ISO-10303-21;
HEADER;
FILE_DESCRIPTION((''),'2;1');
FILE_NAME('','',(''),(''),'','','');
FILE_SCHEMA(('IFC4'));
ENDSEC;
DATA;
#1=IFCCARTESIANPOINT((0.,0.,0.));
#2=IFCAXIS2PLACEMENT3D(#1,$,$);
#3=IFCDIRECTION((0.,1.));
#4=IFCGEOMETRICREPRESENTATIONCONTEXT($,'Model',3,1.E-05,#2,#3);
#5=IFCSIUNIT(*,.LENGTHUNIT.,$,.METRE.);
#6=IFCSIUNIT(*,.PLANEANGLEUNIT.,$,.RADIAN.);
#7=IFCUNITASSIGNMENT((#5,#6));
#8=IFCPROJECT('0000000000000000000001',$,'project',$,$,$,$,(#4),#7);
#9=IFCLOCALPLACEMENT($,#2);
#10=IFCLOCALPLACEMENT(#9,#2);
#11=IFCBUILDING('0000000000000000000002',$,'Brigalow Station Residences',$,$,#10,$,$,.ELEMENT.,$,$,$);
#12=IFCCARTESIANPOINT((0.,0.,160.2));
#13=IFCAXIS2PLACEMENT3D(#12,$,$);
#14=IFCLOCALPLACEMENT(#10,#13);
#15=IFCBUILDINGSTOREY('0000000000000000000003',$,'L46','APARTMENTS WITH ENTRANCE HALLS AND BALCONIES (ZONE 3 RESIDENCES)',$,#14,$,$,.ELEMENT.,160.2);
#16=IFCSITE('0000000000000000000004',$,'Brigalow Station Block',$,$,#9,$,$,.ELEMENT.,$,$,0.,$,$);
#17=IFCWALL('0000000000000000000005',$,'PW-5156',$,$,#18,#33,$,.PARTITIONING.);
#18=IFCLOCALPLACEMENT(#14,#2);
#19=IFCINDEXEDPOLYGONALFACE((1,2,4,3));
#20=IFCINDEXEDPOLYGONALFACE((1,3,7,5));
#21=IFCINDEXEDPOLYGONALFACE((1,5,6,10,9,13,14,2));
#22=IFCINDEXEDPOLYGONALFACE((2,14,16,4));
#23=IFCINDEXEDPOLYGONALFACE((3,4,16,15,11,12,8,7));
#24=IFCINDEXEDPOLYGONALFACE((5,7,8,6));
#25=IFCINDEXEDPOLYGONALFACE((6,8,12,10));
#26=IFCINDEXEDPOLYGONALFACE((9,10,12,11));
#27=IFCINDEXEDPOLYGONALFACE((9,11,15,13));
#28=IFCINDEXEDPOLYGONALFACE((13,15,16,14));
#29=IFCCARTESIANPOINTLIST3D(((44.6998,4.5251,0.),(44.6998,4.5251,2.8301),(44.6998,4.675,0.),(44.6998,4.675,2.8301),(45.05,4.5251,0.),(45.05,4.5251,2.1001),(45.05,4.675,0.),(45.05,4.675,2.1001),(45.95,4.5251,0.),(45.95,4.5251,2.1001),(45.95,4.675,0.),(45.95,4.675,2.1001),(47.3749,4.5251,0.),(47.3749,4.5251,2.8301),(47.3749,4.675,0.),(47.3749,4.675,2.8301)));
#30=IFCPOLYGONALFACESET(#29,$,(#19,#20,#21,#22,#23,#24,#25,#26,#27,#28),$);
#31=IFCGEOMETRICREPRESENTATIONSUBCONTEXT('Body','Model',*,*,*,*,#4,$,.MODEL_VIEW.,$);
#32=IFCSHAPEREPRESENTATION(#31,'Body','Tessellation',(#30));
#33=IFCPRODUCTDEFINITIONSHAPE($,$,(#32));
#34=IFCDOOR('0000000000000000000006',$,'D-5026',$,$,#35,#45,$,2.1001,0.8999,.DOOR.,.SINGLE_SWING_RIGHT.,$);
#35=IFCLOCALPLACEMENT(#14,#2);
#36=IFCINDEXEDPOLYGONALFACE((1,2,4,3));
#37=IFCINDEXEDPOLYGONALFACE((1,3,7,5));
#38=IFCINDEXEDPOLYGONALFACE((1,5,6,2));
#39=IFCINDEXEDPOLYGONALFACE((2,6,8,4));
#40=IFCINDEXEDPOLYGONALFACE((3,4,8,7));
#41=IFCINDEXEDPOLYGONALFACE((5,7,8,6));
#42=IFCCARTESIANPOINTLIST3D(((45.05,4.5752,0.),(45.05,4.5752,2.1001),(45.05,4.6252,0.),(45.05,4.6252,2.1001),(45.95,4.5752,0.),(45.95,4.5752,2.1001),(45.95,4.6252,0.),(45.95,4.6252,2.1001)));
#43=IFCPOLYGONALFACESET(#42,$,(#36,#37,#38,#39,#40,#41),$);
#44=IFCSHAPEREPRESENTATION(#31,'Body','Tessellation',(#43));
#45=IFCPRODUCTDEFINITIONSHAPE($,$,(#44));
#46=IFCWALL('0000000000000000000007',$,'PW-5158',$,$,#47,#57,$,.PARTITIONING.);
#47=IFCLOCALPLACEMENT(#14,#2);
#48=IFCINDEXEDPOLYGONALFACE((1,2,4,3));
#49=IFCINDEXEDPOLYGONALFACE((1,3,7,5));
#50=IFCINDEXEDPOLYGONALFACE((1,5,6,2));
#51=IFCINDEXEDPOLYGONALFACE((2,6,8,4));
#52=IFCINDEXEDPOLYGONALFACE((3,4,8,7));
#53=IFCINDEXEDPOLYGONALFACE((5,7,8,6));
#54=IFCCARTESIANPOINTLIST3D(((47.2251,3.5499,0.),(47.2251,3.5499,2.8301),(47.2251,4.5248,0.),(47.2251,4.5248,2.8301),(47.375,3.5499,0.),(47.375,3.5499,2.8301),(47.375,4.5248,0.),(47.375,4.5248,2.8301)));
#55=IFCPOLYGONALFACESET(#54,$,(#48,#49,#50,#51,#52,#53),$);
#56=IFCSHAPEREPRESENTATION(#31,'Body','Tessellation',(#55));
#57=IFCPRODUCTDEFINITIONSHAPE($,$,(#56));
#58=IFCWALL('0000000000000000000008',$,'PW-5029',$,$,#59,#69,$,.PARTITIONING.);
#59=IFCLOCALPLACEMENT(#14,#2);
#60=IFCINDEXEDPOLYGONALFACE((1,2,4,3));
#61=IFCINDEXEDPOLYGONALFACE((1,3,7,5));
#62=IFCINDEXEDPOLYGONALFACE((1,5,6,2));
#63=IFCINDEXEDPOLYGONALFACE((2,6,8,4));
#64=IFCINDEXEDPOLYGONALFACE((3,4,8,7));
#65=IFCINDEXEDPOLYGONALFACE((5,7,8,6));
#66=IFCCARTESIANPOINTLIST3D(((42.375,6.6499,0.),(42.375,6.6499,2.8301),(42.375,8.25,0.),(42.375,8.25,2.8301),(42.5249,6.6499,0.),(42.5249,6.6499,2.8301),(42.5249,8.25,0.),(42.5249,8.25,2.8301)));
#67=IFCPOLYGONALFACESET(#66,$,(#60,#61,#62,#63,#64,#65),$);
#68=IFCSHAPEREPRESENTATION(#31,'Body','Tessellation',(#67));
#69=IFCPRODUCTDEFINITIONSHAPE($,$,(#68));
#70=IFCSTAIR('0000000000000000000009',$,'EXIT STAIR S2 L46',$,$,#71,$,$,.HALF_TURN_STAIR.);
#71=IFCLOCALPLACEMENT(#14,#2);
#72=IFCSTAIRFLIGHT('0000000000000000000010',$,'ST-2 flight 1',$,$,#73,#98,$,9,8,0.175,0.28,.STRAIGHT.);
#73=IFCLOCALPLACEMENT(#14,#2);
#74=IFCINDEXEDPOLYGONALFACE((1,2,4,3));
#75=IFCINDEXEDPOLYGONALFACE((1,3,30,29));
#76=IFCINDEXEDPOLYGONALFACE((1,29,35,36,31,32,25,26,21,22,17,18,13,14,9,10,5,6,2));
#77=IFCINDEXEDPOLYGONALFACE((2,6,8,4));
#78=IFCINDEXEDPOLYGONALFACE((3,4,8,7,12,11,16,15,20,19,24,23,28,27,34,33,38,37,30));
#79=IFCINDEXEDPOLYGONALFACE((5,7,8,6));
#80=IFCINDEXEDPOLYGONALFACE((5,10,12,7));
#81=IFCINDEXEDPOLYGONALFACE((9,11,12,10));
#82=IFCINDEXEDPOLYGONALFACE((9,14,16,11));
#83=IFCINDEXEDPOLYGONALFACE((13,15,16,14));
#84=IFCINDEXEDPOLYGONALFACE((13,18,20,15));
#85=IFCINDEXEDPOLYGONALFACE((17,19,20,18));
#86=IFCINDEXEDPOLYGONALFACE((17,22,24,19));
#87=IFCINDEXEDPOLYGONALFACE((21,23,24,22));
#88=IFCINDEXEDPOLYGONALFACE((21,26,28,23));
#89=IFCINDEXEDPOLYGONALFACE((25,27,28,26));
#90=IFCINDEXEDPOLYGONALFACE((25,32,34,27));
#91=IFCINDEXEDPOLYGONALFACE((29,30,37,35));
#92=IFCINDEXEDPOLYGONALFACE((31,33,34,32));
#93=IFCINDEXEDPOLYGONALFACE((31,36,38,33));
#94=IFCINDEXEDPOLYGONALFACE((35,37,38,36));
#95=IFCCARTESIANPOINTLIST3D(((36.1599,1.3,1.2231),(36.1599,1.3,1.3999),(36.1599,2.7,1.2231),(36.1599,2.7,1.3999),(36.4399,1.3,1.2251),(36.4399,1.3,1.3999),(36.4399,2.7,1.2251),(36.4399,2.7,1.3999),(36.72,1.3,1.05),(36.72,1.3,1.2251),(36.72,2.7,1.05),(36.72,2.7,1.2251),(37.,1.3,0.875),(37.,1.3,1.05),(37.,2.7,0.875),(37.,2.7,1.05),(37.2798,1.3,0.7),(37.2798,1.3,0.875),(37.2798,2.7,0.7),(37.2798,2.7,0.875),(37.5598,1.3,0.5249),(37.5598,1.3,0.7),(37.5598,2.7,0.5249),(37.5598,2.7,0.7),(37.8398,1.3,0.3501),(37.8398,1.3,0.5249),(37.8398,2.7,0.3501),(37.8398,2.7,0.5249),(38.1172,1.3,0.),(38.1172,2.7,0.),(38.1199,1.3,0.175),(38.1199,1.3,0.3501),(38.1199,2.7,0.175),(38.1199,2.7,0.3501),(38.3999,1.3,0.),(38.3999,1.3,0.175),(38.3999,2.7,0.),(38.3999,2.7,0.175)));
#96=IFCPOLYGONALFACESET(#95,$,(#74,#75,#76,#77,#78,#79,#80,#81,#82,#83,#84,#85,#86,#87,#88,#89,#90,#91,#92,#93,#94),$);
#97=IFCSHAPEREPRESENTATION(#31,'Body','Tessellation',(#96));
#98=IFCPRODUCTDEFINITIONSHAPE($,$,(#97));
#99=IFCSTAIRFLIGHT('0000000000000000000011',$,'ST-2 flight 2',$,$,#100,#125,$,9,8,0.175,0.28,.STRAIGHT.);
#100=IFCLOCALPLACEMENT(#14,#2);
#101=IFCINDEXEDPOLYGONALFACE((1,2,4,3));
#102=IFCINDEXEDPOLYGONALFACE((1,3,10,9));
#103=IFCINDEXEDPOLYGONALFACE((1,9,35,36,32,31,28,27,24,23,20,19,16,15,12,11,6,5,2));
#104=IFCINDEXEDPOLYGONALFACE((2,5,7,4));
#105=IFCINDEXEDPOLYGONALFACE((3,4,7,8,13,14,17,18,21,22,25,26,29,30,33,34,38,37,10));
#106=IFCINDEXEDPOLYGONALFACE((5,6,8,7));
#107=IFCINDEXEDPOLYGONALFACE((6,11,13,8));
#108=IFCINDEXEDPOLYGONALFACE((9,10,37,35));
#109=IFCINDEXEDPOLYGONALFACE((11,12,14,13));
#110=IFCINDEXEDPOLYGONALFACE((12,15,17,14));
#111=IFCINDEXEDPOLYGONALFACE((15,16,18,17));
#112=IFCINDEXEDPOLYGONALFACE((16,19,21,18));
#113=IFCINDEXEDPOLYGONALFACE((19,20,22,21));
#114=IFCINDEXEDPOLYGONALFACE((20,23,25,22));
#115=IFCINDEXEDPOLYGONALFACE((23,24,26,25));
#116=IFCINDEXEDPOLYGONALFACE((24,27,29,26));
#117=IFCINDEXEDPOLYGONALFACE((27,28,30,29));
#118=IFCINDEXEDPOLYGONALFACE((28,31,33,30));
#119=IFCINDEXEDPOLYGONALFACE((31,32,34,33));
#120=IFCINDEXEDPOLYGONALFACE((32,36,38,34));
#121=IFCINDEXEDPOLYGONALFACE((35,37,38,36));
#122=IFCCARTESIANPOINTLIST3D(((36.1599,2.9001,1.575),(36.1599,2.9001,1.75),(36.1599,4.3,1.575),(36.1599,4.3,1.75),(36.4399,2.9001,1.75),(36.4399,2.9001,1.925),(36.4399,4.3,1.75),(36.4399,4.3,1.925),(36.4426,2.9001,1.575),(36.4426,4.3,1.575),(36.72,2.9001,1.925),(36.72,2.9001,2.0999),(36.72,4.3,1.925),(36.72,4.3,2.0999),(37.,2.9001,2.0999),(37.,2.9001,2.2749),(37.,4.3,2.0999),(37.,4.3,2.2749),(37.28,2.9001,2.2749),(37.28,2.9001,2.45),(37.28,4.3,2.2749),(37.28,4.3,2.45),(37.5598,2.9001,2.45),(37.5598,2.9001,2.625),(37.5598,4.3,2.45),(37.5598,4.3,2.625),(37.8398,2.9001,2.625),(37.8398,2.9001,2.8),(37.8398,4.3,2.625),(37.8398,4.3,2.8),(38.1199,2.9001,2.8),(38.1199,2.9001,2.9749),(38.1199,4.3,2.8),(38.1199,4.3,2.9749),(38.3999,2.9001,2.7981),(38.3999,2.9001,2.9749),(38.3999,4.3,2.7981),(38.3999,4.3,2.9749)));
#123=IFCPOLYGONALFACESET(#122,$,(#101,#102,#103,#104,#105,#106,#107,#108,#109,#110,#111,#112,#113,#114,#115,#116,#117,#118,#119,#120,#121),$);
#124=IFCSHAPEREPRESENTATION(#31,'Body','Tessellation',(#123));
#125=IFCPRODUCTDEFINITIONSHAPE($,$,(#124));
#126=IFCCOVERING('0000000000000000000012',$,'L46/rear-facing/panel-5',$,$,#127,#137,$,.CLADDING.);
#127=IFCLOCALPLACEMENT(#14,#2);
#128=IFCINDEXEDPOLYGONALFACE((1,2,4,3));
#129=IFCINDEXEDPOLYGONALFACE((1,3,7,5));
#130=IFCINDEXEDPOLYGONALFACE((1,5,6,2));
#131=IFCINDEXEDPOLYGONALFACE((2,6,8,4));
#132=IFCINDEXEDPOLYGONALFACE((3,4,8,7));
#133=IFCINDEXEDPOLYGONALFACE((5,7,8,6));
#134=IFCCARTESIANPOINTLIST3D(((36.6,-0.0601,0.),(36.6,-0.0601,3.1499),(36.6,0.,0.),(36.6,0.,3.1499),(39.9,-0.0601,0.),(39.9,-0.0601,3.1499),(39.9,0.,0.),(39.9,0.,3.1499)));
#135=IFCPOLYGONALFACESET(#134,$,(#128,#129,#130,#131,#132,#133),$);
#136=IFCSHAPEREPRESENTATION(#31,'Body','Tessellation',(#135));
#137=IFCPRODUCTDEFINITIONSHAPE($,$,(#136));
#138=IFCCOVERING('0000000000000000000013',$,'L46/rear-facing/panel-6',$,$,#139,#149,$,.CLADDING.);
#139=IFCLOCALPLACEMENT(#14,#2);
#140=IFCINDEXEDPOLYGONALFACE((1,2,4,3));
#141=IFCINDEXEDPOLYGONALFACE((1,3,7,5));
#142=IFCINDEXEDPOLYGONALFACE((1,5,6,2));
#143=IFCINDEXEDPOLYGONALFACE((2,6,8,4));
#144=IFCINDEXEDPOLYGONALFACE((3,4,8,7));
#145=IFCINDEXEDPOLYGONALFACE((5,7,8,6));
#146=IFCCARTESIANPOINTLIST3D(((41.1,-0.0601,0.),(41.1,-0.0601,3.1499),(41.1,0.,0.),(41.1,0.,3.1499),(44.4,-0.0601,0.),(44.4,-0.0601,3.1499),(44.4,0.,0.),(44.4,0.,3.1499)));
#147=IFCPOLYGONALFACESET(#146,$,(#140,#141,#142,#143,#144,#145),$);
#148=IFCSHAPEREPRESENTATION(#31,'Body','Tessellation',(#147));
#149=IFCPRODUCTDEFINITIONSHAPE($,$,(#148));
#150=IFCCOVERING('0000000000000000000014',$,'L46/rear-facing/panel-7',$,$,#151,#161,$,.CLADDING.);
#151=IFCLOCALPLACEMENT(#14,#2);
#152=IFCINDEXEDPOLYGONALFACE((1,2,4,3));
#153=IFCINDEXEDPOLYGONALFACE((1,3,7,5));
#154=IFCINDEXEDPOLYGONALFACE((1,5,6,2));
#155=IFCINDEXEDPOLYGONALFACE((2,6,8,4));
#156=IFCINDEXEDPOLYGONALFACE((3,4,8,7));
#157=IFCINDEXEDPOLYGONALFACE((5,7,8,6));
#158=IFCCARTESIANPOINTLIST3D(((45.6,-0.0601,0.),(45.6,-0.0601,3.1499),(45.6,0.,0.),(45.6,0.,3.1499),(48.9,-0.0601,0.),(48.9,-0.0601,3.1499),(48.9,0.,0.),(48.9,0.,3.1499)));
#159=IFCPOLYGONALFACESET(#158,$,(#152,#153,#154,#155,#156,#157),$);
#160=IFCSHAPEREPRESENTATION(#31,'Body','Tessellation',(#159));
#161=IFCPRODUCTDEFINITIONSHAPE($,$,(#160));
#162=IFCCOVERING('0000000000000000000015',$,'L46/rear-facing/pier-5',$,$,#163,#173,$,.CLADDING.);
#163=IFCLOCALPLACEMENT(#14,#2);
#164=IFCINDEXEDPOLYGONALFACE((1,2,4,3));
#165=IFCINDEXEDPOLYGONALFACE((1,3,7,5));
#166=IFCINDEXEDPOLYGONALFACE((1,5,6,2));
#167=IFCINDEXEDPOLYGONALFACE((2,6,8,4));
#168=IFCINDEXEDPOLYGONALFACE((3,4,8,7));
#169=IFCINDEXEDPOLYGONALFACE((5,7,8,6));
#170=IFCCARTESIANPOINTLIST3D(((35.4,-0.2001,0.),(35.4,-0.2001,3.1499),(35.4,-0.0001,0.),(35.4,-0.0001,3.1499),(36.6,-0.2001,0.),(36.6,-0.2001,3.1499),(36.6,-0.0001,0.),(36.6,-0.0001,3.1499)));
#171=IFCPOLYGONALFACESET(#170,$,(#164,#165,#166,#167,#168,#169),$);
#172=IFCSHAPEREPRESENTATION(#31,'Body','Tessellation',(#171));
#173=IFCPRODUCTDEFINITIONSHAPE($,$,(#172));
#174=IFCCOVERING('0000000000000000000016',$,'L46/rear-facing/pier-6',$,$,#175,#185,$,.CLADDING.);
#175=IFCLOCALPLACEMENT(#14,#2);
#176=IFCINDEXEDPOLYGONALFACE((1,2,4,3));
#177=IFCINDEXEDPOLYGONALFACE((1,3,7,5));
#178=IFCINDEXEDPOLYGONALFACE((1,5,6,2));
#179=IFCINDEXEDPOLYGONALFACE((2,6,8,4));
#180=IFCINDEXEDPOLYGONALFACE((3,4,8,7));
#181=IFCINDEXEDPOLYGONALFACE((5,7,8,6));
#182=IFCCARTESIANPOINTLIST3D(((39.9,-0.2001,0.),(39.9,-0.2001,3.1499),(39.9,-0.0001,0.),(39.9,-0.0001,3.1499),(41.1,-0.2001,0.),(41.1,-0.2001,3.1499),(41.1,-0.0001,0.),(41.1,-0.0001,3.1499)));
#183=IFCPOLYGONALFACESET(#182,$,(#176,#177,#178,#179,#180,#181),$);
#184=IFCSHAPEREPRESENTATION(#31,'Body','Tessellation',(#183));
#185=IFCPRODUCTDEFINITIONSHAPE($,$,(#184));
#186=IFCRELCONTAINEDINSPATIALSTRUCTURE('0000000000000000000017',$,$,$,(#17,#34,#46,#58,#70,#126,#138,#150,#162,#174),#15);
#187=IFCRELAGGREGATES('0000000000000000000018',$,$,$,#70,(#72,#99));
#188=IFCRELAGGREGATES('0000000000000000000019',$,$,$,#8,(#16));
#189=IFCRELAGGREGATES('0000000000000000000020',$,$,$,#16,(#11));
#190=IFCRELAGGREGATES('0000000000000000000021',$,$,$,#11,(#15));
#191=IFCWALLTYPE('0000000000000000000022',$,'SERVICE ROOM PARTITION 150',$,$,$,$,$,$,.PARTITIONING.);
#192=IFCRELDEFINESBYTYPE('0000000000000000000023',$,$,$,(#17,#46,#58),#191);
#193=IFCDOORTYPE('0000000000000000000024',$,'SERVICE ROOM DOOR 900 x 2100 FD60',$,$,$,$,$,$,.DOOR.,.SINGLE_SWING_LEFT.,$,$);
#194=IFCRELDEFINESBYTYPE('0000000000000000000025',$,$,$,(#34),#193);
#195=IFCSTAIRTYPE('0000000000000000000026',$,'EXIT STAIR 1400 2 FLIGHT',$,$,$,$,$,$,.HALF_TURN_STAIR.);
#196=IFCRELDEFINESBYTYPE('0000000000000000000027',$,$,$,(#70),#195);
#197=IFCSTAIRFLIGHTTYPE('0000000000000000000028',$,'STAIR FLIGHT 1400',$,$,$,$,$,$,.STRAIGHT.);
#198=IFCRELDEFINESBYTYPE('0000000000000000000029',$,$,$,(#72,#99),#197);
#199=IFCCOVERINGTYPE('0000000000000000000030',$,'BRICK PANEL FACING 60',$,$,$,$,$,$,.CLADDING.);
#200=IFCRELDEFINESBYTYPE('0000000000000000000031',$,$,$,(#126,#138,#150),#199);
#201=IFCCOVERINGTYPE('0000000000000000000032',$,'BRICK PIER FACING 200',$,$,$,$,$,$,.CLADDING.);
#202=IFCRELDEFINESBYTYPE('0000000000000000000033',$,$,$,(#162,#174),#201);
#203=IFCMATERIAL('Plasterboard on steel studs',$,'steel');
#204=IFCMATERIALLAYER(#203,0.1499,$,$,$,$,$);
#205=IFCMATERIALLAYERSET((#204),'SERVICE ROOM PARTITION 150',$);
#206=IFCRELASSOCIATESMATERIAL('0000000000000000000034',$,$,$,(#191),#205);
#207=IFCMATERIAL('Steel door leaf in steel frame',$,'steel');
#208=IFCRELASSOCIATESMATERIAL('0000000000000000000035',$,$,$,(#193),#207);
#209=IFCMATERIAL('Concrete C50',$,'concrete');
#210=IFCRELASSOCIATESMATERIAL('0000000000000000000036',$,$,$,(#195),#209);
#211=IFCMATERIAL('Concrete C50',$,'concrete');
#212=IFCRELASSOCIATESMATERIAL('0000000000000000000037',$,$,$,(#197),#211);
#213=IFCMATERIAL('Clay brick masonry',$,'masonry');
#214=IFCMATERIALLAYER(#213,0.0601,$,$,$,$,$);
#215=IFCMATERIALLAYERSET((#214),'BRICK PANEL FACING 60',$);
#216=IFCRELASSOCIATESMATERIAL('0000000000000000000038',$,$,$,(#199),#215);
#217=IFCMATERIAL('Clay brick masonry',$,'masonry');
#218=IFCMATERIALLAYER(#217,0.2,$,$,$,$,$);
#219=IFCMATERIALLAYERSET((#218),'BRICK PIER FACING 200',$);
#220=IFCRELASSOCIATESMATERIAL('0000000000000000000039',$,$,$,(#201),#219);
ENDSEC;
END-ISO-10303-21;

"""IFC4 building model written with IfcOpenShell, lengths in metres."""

from ifc_helpers import new_model, si_unit, direction, frame, frame_2d, origin, origin_2d, place, context, subcontext, project, spatial, polyline, rectangle, outline, extrude, material, layer, layer_set, type_object, element, fill, aggregate, save


model = new_model("IFC4")

# Units and contexts
model_context = context("Model", 3, precision=1e-05, world=origin(), true_north=direction((0.0, 1.0)))
body_context = subcontext(model_context, "Body", "Model", "MODEL_VIEW")
ifc_project = project(units=[si_unit("LENGTHUNIT", "METRE"), si_unit("PLANEANGLEUNIT", "RADIAN")], contexts=[model_context])

# Site, building, storey
site_placement = place(None, origin())
site = spatial("IfcSite", under=ifc_project, at=site_placement, Name="Brigalow Station Block", CompositionType="ELEMENT", RefElevation=0.0)
building_placement = place(site_placement, origin())
building = spatial("IfcBuilding", under=site, at=building_placement, Name="Brigalow Station Residences", CompositionType="ELEMENT")
storey_placement = place(building_placement, frame((0.0, 0.0, 160.2)))
storey = spatial("IfcBuildingStorey", under=building, at=storey_placement, Name="L46", Description="APARTMENTS WITH ENTRANCE HALLS AND BALCONIES (ZONE 3 RESIDENCES)", CompositionType="ELEMENT", Elevation=160.2)

# Wall, opening, door
ifc_material_1 = material(Name="Plasterboard on steel studs", Category="steel")
ifc_layer_1 = layer(ifc_material_1, 0.1499)
ifc_layer_set_1 = layer_set([ifc_layer_1], Name="SERVICE ROOM PARTITION 150")
wall_type_1 = type_object("IfcWallType", Name="SERVICE ROOM PARTITION 150", PredefinedType="PARTITIONING", material=ifc_layer_set_1)
wall_1_placement = place(storey_placement, frame((44.7, 4.6001, 0.0), z_axis=(0.0, 0.0, 1.0), x_axis=(1.0, 0.0, 0.0)))
wall_1 = element("IfcWall", 1, at=wall_1_placement, inside=storey, type_object=wall_type_1, Name="PW-5156", PredefinedType="PARTITIONING", context=body_context, shape_type="SweptSolid", body=[
    extrude(rectangle(XDim=2.675, YDim=0.1499, at=frame_2d((1.3374, 0.0))), origin(), (0.0, 0.0, 1.0), 2.8301),
])
opening_1_placement = place(wall_1_placement, frame((0.3501, 0.0, 0.0)))
opening_1 = element("IfcOpeningElement", 2, at=opening_1_placement, cuts=wall_1, PredefinedType="OPENING", context=body_context, shape_type="SweptSolid", body=[
    extrude(rectangle(XDim=0.8999, YDim=2.1001, at=frame_2d((0.45, 1.05))), frame((0.0, 0.085, 0.0), z_axis=(0.0, -1.0, 0.0), x_axis=(1.0, 0.0, 0.0)), (0.0, 0.0, 1.0), 0.1699),
])
ifc_material_2 = material(Name="Steel door leaf in steel frame", Category="steel")
door_type_1 = type_object("IfcDoorType", Name="SERVICE ROOM DOOR 900 x 2100 FD60", OperationType="SINGLE_SWING_LEFT", PredefinedType="DOOR", material=ifc_material_2)
door_1_placement = place(opening_1_placement, frame((0.8999, 0.0, 0.0), z_axis=(0.0, 0.0, 1.0), x_axis=(-1.0, 0.0, 0.0)))
door_1 = element("IfcDoor", 3, at=door_1_placement, inside=storey, type_object=door_type_1, Name="D-5026", OperationType="SINGLE_SWING_RIGHT", OverallHeight=2.1001, OverallWidth=0.8999, PredefinedType="DOOR", context=body_context, shape_type="SweptSolid", body=[
    extrude(rectangle(XDim=0.8999, YDim=2.1001, at=frame_2d((0.45, 1.05))), frame((0.0, 0.0249, 0.0), z_axis=(0.0, -1.0, 0.0), x_axis=(1.0, 0.0, 0.0)), (0.0, 0.0, 1.0), 0.05),
])
fill(opening_1, door_1)

# Walls
wall_2_placement = place(storey_placement, frame((47.3, 3.55, 0.0), z_axis=(0.0, 0.0, 1.0), x_axis=(0.0, 1.0, 0.0)))
element("IfcWall", 4, at=wall_2_placement, inside=storey, type_object=wall_type_1, Name="PW-5158", PredefinedType="PARTITIONING", context=body_context, shape_type="SweptSolid", body=[
    extrude(rectangle(XDim=0.9749, YDim=0.1499, at=frame_2d((0.4873, 0.0))), origin(), (0.0, 0.0, 1.0), 2.8301),
])
wall_3_placement = place(storey_placement, frame((42.45, 6.6499, 0.0), z_axis=(0.0, 0.0, 1.0), x_axis=(0.0, 1.0, 0.0)))
element("IfcWall", 5, at=wall_3_placement, inside=storey, type_object=wall_type_1, Name="PW-5029", PredefinedType="PARTITIONING", context=body_context, shape_type="SweptSolid", body=[
    extrude(rectangle(XDim=1.6001, YDim=0.1499, at=frame_2d((0.8, 0.0))), origin(), (0.0, 0.0, 1.0), 2.8301),
])

# Stair, stair flights
ifc_material_3 = material(Name="Concrete C50", Category="concrete")
stair_type = type_object("IfcStairType", Name="EXIT STAIR 1400 2 FLIGHT", PredefinedType="HALF_TURN_STAIR", material=ifc_material_3)
stair_placement = place(storey_placement, origin())
stair = element("IfcStair", 6, at=stair_placement, inside=storey, type_object=stair_type, Name="EXIT STAIR S2 L46", PredefinedType="HALF_TURN_STAIR")
ifc_material_4 = material(Name="Concrete C50", Category="concrete")
stair_flight_type = type_object("IfcStairFlightType", Name="STAIR FLIGHT 1400", PredefinedType="STRAIGHT", material=ifc_material_4)
stair_flight_1_placement = place(storey_placement, frame((38.3999, 2.0, 0.0), z_axis=(0.0, 0.0, 1.0), x_axis=(-1.0, 0.0, 0.0)))
stair_flight_1 = element("IfcStairFlight", 7, at=stair_flight_1_placement, type_object=stair_flight_type, Name="ST-2 flight 1", NumberOfRisers=9, NumberOfTreads=8, PredefinedType="STRAIGHT", RiserHeight=0.175, TreadLength=0.28, context=body_context, shape_type="SweptSolid", body=[
    extrude(outline(polyline([(0.0, 0.0), (0.0, 0.175), (0.28, 0.175), (0.28, 0.3501), (0.5601, 0.3501), (0.5601, 0.5249), (0.8401, 0.5249), (0.8401, 0.7), (1.1201, 0.7), (1.1201, 0.875), (1.3999, 0.875), (1.3999, 1.05), (1.6799, 1.05), (1.6799, 1.2251), (1.96, 1.2251), (1.96, 1.3999), (2.24, 1.3999), (2.24, 1.575), (2.24, 1.2231), (0.2827, 0.0), (0.0, 0.0)])), frame((0.0, 0.7, 0.0), z_axis=(0.0, -1.0, 0.0), x_axis=(1.0, 0.0, 0.0)), (0.0, 0.0, 1.0), 1.3999),
])
stair_flight_2_placement = place(storey_placement, frame((36.1599, 3.6001, 1.575), z_axis=(0.0, 0.0, 1.0), x_axis=(1.0, 0.0, 0.0)))
stair_flight_2 = element("IfcStairFlight", 8, at=stair_flight_2_placement, type_object=stair_flight_type, Name="ST-2 flight 2", NumberOfRisers=9, NumberOfTreads=8, PredefinedType="STRAIGHT", RiserHeight=0.175, TreadLength=0.28, context=body_context, shape_type="SweptSolid", body=[
    extrude(outline(polyline([(0.0, 0.0), (0.0, 0.175), (0.28, 0.175), (0.28, 0.3501), (0.5601, 0.3501), (0.5601, 0.5249), (0.8401, 0.5249), (0.8401, 0.7), (1.1201, 0.7), (1.1201, 0.875), (1.3999, 0.875), (1.3999, 1.05), (1.6799, 1.05), (1.6799, 1.2251), (1.96, 1.2251), (1.96, 1.3999), (2.24, 1.3999), (2.24, 1.575), (2.24, 1.2231), (0.2827, 0.0), (0.0, 0.0)])), frame((0.0, 0.7, 0.0), z_axis=(0.0, -1.0, 0.0), x_axis=(1.0, 0.0, 0.0)), (0.0, 0.0, 1.0), 1.3999),
])
aggregate(stair, [stair_flight_1, stair_flight_2])

# Coverings
ifc_material_5 = material(Name="Clay brick masonry", Category="masonry")
ifc_layer_2 = layer(ifc_material_5, 0.0601)
ifc_layer_set_2 = layer_set([ifc_layer_2], Name="BRICK PANEL FACING 60")
covering_type_1 = type_object("IfcCoveringType", Name="BRICK PANEL FACING 60", PredefinedType="CLADDING", material=ifc_layer_set_2)
for number, where, z_axis, x_axis, name in (
    (9, (38.25, -0.03, 0.0), (0.0, 0.0, 1.0), (1.0, 0.0, 0.0), "L46/rear-facing/panel-5"),
    (10, (42.75, -0.03, 0.0), (0.0, 0.0, 1.0), (1.0, 0.0, 0.0), "L46/rear-facing/panel-6"),
    (11, (47.25, -0.03, 0.0), (0.0, 0.0, 1.0), (1.0, 0.0, 0.0), "L46/rear-facing/panel-7"),
):
    element("IfcCovering", number, at=place(storey_placement, frame(where, z_axis=z_axis, x_axis=x_axis)), inside=storey, type_object=covering_type_1, Name=name, PredefinedType="CLADDING", context=body_context, shape_type="SweptSolid", body=[
        extrude(rectangle(XDim=3.3, YDim=0.0601, at=origin_2d()), origin(), (0.0, 0.0, 1.0), 3.1499),
    ])
ifc_material_6 = material(Name="Clay brick masonry", Category="masonry")
ifc_layer_3 = layer(ifc_material_6, 0.2)
ifc_layer_set_3 = layer_set([ifc_layer_3], Name="BRICK PIER FACING 200")
covering_type_2 = type_object("IfcCoveringType", Name="BRICK PIER FACING 200", PredefinedType="CLADDING", material=ifc_layer_set_3)
for number, where, z_axis, x_axis, name in (
    (12, (36.0, -0.1001, 0.0), (0.0, 0.0, 1.0), (1.0, 0.0, 0.0), "L46/rear-facing/pier-5"),
    (13, (40.5, -0.1001, 0.0), (0.0, 0.0, 1.0), (1.0, 0.0, 0.0), "L46/rear-facing/pier-6"),
):
    element("IfcCovering", number, at=place(storey_placement, frame(where, z_axis=z_axis, x_axis=x_axis)), inside=storey, type_object=covering_type_2, Name=name, PredefinedType="CLADDING", context=body_context, shape_type="SweptSolid", body=[
        extrude(rectangle(XDim=1.2, YDim=0.2, at=origin_2d()), origin(), (0.0, 0.0, 1.0), 3.1499),
    ])

save(model, "model.ifc")
